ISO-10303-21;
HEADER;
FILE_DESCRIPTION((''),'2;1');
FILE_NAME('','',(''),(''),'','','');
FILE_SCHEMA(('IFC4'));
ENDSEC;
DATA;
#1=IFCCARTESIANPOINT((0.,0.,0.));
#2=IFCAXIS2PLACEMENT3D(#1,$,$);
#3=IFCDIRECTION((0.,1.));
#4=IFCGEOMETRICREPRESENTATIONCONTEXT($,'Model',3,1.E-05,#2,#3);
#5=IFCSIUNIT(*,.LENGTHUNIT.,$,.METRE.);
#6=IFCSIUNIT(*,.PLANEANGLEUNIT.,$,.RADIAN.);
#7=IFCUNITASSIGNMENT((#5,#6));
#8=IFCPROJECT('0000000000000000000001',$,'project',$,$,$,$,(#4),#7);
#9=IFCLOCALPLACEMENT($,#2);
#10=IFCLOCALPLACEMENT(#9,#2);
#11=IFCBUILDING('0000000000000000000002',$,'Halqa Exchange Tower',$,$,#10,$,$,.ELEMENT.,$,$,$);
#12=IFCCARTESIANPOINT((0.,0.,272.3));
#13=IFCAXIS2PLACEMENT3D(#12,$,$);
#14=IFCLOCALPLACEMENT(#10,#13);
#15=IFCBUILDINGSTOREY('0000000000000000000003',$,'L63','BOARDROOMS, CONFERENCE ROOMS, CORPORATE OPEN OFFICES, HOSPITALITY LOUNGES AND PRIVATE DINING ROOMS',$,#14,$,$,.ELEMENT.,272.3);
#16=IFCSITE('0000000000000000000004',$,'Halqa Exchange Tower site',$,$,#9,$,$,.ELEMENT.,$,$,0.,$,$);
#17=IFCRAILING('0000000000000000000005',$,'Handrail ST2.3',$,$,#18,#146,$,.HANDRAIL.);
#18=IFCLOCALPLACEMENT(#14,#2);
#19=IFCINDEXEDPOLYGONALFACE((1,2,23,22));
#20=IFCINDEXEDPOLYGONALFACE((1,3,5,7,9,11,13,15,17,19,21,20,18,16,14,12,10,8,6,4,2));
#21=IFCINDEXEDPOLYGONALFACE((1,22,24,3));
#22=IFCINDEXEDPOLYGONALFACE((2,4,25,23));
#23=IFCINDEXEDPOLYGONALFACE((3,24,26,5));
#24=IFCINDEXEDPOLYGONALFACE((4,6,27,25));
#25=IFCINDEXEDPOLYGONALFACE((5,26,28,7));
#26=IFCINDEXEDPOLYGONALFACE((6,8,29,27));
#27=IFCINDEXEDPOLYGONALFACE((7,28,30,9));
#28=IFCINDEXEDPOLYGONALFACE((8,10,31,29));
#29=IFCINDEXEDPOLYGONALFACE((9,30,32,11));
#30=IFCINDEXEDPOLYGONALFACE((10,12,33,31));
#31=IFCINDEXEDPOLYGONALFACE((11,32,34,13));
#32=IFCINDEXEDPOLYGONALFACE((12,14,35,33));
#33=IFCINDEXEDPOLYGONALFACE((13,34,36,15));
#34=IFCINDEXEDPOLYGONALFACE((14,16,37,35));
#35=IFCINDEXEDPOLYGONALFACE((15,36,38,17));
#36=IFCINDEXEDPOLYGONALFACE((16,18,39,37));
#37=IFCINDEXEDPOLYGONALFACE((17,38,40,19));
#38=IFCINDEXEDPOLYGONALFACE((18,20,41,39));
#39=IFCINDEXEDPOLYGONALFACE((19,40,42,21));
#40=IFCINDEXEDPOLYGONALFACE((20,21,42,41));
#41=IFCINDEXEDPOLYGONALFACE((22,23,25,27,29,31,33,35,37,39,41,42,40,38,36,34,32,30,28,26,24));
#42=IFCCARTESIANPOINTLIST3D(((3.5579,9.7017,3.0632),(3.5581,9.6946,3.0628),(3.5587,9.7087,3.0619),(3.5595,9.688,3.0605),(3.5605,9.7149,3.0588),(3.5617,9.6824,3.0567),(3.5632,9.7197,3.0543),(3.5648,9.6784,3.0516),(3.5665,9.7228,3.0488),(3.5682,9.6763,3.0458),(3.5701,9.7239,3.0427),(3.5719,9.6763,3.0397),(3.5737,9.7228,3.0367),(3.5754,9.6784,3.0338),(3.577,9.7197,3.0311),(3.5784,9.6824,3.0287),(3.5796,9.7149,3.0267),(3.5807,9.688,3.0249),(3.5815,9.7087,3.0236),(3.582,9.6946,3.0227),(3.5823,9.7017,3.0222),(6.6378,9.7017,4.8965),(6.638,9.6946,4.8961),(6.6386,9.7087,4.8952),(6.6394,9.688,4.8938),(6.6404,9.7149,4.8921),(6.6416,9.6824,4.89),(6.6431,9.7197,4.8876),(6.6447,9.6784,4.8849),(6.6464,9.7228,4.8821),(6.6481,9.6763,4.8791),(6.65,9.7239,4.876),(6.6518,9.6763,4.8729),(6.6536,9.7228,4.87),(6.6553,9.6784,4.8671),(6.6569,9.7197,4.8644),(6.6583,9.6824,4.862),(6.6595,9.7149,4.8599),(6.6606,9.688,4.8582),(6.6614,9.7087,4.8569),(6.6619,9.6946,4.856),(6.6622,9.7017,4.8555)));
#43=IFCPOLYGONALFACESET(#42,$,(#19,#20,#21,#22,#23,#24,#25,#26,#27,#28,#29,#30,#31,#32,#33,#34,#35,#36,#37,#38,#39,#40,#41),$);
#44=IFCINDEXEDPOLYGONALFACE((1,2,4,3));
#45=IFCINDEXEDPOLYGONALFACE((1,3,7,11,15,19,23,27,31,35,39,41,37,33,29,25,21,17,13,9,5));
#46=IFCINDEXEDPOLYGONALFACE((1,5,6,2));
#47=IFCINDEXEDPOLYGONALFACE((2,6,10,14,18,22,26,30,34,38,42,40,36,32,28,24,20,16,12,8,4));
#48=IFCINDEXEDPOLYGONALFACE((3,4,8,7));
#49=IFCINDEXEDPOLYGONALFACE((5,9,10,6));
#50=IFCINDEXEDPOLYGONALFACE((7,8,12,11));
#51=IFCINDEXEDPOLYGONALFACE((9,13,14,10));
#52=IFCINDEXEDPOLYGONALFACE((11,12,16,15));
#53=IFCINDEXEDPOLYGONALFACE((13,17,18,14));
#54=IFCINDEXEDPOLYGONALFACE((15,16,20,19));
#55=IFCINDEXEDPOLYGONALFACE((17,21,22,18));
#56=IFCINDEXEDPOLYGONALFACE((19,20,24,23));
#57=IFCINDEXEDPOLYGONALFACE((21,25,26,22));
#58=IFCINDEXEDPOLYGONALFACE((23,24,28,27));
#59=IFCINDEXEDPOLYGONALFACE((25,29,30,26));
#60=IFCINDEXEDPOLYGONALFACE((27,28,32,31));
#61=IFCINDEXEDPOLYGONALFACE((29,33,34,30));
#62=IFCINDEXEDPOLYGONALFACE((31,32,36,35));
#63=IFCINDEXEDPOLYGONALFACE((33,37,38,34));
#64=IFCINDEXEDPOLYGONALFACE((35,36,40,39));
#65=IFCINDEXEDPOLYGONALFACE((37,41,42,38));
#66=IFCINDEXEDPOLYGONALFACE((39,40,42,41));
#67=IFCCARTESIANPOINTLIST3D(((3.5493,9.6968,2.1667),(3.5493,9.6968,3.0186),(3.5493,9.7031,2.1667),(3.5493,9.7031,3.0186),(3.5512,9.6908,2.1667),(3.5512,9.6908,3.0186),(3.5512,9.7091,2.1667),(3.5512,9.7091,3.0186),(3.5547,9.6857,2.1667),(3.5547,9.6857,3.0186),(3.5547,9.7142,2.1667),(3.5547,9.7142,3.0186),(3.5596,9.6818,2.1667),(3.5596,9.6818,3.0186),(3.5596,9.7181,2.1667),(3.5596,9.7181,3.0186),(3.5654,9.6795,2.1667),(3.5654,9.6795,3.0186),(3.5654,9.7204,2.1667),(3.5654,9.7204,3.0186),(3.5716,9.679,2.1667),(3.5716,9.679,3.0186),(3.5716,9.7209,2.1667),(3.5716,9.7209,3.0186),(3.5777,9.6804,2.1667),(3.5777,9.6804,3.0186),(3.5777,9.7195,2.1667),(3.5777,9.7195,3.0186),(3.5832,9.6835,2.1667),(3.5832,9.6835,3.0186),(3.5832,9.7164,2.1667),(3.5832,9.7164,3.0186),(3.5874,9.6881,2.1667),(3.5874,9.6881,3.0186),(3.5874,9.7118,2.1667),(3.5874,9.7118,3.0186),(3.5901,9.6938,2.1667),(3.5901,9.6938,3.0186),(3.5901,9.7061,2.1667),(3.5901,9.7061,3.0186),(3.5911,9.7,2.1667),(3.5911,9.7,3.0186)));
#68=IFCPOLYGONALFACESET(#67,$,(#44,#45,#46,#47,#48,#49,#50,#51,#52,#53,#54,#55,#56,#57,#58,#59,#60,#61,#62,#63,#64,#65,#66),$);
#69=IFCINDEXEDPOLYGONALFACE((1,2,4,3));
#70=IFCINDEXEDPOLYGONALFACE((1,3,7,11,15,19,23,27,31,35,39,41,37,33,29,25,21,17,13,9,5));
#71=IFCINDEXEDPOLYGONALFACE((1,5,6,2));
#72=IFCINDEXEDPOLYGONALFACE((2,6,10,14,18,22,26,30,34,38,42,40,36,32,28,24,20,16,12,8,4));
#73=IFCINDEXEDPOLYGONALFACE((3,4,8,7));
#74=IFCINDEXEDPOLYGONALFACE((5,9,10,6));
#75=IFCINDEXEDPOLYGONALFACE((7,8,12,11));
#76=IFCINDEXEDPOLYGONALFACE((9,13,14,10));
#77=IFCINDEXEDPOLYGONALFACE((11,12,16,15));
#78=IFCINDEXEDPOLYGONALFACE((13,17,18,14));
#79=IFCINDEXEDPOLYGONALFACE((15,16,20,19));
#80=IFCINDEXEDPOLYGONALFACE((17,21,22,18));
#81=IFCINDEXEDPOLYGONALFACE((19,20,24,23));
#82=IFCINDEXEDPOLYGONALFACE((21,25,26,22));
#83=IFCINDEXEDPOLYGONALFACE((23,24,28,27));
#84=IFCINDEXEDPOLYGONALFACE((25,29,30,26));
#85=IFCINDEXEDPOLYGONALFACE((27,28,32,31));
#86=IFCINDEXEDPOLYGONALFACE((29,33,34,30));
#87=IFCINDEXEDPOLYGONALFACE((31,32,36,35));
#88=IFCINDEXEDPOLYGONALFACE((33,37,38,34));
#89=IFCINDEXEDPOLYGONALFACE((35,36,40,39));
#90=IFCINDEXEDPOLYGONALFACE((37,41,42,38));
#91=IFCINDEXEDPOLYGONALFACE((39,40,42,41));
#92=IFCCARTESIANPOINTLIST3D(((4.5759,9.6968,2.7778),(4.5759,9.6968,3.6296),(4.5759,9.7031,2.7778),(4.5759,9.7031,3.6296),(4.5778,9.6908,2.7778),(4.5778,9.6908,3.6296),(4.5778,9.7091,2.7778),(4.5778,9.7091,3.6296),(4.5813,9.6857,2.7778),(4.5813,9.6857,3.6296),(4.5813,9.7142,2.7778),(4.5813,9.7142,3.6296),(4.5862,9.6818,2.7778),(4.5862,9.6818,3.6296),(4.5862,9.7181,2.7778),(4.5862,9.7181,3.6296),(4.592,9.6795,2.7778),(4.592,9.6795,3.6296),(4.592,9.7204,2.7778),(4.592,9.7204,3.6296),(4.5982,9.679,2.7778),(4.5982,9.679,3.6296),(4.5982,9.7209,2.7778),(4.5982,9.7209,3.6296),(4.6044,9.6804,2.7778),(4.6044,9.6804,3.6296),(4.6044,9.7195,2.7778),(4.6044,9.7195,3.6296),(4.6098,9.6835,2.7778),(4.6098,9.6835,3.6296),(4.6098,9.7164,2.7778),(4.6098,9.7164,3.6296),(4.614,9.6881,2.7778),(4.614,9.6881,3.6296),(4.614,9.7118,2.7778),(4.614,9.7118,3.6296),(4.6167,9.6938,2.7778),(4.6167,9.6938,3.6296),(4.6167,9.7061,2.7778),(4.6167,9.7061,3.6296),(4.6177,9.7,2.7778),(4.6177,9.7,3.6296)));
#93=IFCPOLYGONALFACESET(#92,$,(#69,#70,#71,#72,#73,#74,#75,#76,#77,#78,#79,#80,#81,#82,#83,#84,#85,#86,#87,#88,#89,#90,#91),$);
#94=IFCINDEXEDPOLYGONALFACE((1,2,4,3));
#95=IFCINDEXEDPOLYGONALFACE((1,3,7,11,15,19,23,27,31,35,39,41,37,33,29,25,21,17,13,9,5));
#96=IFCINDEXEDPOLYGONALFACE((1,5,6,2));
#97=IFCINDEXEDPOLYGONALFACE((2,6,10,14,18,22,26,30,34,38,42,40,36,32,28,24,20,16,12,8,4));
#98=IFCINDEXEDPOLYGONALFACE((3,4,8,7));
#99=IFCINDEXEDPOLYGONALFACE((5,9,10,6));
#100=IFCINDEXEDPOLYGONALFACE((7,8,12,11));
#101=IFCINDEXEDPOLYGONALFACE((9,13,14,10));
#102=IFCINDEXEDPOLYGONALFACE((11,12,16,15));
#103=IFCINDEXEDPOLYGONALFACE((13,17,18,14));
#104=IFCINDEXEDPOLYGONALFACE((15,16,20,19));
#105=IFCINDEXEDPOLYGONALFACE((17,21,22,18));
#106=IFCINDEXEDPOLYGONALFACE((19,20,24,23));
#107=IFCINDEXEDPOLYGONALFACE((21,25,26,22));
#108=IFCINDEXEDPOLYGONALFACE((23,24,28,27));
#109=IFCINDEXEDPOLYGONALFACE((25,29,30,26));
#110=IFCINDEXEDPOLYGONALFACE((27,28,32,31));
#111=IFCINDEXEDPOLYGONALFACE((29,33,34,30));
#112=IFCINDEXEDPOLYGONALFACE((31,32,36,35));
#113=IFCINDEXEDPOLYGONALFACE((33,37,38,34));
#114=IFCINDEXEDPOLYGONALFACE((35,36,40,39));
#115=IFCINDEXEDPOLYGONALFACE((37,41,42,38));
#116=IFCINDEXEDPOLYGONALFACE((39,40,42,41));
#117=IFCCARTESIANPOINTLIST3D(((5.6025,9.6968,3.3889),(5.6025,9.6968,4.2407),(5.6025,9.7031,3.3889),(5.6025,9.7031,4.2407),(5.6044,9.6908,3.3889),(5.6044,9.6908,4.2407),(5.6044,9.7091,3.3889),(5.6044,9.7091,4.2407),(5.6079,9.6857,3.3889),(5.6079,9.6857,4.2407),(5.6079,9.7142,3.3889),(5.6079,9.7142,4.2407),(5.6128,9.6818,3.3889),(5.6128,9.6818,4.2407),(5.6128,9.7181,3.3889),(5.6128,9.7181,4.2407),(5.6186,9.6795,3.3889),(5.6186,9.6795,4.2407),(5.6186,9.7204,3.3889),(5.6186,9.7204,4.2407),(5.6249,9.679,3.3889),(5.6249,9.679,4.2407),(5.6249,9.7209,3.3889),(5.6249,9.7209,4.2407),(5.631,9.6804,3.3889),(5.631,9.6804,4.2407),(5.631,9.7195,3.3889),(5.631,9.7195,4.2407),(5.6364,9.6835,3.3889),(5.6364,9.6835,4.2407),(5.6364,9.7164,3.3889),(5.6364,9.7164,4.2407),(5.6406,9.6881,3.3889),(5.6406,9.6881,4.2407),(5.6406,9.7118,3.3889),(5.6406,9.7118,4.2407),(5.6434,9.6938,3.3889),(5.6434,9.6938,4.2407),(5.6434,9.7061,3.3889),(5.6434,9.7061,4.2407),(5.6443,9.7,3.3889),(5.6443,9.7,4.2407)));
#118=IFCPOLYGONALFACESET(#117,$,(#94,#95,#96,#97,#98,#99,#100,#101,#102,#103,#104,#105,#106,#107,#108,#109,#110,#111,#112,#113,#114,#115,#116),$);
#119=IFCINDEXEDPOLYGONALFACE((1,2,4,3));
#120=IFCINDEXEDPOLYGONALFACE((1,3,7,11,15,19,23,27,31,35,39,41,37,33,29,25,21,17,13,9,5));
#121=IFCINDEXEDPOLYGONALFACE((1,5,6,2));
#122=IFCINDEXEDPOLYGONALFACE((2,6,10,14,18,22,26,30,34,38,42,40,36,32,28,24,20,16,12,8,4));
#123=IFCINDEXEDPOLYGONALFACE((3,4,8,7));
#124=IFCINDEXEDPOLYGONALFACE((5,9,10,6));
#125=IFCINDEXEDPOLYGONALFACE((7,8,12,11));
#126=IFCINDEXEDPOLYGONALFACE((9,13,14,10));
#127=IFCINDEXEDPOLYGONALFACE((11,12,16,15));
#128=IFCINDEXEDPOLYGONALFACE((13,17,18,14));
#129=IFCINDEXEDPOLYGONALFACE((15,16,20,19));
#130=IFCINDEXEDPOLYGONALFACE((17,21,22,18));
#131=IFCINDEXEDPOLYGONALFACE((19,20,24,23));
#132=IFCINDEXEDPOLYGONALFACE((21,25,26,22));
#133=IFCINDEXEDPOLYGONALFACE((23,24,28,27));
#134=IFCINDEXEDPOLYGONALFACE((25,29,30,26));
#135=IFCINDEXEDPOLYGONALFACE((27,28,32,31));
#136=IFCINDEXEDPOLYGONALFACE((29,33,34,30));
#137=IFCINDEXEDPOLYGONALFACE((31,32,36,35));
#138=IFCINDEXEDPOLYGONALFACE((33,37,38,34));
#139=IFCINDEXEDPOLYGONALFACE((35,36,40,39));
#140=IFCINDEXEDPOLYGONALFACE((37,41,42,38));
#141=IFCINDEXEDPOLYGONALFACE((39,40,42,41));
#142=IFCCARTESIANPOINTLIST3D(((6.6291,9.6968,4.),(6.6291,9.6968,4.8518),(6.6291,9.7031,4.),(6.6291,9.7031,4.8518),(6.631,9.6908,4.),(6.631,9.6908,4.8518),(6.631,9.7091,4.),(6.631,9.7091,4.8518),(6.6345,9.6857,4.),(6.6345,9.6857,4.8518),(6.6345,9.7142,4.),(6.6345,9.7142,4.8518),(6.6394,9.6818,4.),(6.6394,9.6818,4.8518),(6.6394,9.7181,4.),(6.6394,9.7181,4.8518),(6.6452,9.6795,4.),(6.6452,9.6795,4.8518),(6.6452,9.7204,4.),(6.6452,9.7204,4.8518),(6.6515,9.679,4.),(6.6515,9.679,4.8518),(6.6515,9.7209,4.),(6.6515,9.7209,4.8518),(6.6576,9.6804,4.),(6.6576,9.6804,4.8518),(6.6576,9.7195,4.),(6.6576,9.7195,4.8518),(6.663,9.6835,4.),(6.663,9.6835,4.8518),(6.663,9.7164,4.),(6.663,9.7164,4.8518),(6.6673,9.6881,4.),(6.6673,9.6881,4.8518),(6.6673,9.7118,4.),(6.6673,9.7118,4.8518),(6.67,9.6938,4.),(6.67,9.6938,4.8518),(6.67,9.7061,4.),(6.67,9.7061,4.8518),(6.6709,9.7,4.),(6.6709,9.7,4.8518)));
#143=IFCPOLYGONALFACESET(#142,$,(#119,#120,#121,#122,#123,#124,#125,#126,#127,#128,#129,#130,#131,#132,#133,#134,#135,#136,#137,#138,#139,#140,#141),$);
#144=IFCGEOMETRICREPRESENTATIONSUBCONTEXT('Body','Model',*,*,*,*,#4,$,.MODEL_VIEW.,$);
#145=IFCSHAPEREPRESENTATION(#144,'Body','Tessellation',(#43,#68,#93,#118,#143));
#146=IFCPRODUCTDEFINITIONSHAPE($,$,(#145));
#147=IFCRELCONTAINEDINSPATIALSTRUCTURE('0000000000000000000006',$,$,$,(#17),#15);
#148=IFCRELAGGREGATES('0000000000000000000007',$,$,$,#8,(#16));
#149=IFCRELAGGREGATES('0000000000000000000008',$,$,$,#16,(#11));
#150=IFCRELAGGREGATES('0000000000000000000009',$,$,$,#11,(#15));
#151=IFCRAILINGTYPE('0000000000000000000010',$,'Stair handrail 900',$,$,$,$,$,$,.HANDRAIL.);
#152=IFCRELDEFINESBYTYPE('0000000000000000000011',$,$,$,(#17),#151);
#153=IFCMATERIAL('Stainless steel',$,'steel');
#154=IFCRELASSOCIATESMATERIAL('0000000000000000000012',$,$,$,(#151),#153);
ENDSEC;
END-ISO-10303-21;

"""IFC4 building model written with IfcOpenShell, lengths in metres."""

from ifc_helpers import new_model, si_unit, direction, frame, origin, origin_2d, place, context, subcontext, project, spatial, circle, extrude, material, type_object, element, save


model = new_model("IFC4")

# Units and contexts
model_context = context("Model", 3, precision=1e-05, world=origin(), true_north=direction((0.0, 1.0)))
body_context = subcontext(model_context, "Body", "Model", "MODEL_VIEW")
ifc_project = project(units=[si_unit("LENGTHUNIT", "METRE"), si_unit("PLANEANGLEUNIT", "RADIAN")], contexts=[model_context])

# Site, building, storey
site_placement = place(None, origin())
site = spatial("IfcSite", under=ifc_project, at=site_placement, Name="Halqa Exchange Tower site", CompositionType="ELEMENT", RefElevation=0.0)
building_placement = place(site_placement, origin())
building = spatial("IfcBuilding", under=site, at=building_placement, Name="Halqa Exchange Tower", CompositionType="ELEMENT")
storey_placement = place(building_placement, frame((0.0, 0.0, 272.3)))
storey = spatial("IfcBuildingStorey", under=building, at=storey_placement, Name="L63", Description="BOARDROOMS, CONFERENCE ROOMS, CORPORATE OPEN OFFICES, HOSPITALITY LOUNGES AND PRIVATE DINING ROOMS", CompositionType="ELEMENT", Elevation=272.3)

# Railing
ifc_material_1 = material(Name="Stainless steel", Category="steel")
railing_type_1 = type_object("IfcRailingType", Name="Stair handrail 900", PredefinedType="HANDRAIL", material=ifc_material_1)
railing_1_placement = place(storey_placement, frame((3.5701, 9.7, 2.1667)))
element("IfcRailing", 1, at=railing_1_placement, inside=storey, type_object=railing_type_1, Name="Handrail ST2.3", PredefinedType="HANDRAIL", context=body_context, shape_type="SweptSolid", body=[
    extrude(circle(Radius=0.0239, at=origin_2d()), frame((0.0, 0.0, 0.876), z_axis=(0.859291, 0.0, 0.511487), x_axis=(0.0, 1.0, 0.0)), (0.0, 0.0, 1.0), 3.5842),
    extrude(circle(Radius=0.021, at=origin_2d()), origin(), (0.0, 0.0, 1.0), 0.8518),
    extrude(circle(Radius=0.021, at=origin_2d()), frame((1.0266, 0.0, 0.6111)), (0.0, 0.0, 1.0), 0.8518),
    extrude(circle(Radius=0.021, at=origin_2d()), frame((2.0532, 0.0, 1.2222)), (0.0, 0.0, 1.0), 0.8518),
    extrude(circle(Radius=0.021, at=origin_2d()), frame((3.0798, 0.0, 1.8333)), (0.0, 0.0, 1.0), 0.8518),
])

save(model, "model.ifc")
